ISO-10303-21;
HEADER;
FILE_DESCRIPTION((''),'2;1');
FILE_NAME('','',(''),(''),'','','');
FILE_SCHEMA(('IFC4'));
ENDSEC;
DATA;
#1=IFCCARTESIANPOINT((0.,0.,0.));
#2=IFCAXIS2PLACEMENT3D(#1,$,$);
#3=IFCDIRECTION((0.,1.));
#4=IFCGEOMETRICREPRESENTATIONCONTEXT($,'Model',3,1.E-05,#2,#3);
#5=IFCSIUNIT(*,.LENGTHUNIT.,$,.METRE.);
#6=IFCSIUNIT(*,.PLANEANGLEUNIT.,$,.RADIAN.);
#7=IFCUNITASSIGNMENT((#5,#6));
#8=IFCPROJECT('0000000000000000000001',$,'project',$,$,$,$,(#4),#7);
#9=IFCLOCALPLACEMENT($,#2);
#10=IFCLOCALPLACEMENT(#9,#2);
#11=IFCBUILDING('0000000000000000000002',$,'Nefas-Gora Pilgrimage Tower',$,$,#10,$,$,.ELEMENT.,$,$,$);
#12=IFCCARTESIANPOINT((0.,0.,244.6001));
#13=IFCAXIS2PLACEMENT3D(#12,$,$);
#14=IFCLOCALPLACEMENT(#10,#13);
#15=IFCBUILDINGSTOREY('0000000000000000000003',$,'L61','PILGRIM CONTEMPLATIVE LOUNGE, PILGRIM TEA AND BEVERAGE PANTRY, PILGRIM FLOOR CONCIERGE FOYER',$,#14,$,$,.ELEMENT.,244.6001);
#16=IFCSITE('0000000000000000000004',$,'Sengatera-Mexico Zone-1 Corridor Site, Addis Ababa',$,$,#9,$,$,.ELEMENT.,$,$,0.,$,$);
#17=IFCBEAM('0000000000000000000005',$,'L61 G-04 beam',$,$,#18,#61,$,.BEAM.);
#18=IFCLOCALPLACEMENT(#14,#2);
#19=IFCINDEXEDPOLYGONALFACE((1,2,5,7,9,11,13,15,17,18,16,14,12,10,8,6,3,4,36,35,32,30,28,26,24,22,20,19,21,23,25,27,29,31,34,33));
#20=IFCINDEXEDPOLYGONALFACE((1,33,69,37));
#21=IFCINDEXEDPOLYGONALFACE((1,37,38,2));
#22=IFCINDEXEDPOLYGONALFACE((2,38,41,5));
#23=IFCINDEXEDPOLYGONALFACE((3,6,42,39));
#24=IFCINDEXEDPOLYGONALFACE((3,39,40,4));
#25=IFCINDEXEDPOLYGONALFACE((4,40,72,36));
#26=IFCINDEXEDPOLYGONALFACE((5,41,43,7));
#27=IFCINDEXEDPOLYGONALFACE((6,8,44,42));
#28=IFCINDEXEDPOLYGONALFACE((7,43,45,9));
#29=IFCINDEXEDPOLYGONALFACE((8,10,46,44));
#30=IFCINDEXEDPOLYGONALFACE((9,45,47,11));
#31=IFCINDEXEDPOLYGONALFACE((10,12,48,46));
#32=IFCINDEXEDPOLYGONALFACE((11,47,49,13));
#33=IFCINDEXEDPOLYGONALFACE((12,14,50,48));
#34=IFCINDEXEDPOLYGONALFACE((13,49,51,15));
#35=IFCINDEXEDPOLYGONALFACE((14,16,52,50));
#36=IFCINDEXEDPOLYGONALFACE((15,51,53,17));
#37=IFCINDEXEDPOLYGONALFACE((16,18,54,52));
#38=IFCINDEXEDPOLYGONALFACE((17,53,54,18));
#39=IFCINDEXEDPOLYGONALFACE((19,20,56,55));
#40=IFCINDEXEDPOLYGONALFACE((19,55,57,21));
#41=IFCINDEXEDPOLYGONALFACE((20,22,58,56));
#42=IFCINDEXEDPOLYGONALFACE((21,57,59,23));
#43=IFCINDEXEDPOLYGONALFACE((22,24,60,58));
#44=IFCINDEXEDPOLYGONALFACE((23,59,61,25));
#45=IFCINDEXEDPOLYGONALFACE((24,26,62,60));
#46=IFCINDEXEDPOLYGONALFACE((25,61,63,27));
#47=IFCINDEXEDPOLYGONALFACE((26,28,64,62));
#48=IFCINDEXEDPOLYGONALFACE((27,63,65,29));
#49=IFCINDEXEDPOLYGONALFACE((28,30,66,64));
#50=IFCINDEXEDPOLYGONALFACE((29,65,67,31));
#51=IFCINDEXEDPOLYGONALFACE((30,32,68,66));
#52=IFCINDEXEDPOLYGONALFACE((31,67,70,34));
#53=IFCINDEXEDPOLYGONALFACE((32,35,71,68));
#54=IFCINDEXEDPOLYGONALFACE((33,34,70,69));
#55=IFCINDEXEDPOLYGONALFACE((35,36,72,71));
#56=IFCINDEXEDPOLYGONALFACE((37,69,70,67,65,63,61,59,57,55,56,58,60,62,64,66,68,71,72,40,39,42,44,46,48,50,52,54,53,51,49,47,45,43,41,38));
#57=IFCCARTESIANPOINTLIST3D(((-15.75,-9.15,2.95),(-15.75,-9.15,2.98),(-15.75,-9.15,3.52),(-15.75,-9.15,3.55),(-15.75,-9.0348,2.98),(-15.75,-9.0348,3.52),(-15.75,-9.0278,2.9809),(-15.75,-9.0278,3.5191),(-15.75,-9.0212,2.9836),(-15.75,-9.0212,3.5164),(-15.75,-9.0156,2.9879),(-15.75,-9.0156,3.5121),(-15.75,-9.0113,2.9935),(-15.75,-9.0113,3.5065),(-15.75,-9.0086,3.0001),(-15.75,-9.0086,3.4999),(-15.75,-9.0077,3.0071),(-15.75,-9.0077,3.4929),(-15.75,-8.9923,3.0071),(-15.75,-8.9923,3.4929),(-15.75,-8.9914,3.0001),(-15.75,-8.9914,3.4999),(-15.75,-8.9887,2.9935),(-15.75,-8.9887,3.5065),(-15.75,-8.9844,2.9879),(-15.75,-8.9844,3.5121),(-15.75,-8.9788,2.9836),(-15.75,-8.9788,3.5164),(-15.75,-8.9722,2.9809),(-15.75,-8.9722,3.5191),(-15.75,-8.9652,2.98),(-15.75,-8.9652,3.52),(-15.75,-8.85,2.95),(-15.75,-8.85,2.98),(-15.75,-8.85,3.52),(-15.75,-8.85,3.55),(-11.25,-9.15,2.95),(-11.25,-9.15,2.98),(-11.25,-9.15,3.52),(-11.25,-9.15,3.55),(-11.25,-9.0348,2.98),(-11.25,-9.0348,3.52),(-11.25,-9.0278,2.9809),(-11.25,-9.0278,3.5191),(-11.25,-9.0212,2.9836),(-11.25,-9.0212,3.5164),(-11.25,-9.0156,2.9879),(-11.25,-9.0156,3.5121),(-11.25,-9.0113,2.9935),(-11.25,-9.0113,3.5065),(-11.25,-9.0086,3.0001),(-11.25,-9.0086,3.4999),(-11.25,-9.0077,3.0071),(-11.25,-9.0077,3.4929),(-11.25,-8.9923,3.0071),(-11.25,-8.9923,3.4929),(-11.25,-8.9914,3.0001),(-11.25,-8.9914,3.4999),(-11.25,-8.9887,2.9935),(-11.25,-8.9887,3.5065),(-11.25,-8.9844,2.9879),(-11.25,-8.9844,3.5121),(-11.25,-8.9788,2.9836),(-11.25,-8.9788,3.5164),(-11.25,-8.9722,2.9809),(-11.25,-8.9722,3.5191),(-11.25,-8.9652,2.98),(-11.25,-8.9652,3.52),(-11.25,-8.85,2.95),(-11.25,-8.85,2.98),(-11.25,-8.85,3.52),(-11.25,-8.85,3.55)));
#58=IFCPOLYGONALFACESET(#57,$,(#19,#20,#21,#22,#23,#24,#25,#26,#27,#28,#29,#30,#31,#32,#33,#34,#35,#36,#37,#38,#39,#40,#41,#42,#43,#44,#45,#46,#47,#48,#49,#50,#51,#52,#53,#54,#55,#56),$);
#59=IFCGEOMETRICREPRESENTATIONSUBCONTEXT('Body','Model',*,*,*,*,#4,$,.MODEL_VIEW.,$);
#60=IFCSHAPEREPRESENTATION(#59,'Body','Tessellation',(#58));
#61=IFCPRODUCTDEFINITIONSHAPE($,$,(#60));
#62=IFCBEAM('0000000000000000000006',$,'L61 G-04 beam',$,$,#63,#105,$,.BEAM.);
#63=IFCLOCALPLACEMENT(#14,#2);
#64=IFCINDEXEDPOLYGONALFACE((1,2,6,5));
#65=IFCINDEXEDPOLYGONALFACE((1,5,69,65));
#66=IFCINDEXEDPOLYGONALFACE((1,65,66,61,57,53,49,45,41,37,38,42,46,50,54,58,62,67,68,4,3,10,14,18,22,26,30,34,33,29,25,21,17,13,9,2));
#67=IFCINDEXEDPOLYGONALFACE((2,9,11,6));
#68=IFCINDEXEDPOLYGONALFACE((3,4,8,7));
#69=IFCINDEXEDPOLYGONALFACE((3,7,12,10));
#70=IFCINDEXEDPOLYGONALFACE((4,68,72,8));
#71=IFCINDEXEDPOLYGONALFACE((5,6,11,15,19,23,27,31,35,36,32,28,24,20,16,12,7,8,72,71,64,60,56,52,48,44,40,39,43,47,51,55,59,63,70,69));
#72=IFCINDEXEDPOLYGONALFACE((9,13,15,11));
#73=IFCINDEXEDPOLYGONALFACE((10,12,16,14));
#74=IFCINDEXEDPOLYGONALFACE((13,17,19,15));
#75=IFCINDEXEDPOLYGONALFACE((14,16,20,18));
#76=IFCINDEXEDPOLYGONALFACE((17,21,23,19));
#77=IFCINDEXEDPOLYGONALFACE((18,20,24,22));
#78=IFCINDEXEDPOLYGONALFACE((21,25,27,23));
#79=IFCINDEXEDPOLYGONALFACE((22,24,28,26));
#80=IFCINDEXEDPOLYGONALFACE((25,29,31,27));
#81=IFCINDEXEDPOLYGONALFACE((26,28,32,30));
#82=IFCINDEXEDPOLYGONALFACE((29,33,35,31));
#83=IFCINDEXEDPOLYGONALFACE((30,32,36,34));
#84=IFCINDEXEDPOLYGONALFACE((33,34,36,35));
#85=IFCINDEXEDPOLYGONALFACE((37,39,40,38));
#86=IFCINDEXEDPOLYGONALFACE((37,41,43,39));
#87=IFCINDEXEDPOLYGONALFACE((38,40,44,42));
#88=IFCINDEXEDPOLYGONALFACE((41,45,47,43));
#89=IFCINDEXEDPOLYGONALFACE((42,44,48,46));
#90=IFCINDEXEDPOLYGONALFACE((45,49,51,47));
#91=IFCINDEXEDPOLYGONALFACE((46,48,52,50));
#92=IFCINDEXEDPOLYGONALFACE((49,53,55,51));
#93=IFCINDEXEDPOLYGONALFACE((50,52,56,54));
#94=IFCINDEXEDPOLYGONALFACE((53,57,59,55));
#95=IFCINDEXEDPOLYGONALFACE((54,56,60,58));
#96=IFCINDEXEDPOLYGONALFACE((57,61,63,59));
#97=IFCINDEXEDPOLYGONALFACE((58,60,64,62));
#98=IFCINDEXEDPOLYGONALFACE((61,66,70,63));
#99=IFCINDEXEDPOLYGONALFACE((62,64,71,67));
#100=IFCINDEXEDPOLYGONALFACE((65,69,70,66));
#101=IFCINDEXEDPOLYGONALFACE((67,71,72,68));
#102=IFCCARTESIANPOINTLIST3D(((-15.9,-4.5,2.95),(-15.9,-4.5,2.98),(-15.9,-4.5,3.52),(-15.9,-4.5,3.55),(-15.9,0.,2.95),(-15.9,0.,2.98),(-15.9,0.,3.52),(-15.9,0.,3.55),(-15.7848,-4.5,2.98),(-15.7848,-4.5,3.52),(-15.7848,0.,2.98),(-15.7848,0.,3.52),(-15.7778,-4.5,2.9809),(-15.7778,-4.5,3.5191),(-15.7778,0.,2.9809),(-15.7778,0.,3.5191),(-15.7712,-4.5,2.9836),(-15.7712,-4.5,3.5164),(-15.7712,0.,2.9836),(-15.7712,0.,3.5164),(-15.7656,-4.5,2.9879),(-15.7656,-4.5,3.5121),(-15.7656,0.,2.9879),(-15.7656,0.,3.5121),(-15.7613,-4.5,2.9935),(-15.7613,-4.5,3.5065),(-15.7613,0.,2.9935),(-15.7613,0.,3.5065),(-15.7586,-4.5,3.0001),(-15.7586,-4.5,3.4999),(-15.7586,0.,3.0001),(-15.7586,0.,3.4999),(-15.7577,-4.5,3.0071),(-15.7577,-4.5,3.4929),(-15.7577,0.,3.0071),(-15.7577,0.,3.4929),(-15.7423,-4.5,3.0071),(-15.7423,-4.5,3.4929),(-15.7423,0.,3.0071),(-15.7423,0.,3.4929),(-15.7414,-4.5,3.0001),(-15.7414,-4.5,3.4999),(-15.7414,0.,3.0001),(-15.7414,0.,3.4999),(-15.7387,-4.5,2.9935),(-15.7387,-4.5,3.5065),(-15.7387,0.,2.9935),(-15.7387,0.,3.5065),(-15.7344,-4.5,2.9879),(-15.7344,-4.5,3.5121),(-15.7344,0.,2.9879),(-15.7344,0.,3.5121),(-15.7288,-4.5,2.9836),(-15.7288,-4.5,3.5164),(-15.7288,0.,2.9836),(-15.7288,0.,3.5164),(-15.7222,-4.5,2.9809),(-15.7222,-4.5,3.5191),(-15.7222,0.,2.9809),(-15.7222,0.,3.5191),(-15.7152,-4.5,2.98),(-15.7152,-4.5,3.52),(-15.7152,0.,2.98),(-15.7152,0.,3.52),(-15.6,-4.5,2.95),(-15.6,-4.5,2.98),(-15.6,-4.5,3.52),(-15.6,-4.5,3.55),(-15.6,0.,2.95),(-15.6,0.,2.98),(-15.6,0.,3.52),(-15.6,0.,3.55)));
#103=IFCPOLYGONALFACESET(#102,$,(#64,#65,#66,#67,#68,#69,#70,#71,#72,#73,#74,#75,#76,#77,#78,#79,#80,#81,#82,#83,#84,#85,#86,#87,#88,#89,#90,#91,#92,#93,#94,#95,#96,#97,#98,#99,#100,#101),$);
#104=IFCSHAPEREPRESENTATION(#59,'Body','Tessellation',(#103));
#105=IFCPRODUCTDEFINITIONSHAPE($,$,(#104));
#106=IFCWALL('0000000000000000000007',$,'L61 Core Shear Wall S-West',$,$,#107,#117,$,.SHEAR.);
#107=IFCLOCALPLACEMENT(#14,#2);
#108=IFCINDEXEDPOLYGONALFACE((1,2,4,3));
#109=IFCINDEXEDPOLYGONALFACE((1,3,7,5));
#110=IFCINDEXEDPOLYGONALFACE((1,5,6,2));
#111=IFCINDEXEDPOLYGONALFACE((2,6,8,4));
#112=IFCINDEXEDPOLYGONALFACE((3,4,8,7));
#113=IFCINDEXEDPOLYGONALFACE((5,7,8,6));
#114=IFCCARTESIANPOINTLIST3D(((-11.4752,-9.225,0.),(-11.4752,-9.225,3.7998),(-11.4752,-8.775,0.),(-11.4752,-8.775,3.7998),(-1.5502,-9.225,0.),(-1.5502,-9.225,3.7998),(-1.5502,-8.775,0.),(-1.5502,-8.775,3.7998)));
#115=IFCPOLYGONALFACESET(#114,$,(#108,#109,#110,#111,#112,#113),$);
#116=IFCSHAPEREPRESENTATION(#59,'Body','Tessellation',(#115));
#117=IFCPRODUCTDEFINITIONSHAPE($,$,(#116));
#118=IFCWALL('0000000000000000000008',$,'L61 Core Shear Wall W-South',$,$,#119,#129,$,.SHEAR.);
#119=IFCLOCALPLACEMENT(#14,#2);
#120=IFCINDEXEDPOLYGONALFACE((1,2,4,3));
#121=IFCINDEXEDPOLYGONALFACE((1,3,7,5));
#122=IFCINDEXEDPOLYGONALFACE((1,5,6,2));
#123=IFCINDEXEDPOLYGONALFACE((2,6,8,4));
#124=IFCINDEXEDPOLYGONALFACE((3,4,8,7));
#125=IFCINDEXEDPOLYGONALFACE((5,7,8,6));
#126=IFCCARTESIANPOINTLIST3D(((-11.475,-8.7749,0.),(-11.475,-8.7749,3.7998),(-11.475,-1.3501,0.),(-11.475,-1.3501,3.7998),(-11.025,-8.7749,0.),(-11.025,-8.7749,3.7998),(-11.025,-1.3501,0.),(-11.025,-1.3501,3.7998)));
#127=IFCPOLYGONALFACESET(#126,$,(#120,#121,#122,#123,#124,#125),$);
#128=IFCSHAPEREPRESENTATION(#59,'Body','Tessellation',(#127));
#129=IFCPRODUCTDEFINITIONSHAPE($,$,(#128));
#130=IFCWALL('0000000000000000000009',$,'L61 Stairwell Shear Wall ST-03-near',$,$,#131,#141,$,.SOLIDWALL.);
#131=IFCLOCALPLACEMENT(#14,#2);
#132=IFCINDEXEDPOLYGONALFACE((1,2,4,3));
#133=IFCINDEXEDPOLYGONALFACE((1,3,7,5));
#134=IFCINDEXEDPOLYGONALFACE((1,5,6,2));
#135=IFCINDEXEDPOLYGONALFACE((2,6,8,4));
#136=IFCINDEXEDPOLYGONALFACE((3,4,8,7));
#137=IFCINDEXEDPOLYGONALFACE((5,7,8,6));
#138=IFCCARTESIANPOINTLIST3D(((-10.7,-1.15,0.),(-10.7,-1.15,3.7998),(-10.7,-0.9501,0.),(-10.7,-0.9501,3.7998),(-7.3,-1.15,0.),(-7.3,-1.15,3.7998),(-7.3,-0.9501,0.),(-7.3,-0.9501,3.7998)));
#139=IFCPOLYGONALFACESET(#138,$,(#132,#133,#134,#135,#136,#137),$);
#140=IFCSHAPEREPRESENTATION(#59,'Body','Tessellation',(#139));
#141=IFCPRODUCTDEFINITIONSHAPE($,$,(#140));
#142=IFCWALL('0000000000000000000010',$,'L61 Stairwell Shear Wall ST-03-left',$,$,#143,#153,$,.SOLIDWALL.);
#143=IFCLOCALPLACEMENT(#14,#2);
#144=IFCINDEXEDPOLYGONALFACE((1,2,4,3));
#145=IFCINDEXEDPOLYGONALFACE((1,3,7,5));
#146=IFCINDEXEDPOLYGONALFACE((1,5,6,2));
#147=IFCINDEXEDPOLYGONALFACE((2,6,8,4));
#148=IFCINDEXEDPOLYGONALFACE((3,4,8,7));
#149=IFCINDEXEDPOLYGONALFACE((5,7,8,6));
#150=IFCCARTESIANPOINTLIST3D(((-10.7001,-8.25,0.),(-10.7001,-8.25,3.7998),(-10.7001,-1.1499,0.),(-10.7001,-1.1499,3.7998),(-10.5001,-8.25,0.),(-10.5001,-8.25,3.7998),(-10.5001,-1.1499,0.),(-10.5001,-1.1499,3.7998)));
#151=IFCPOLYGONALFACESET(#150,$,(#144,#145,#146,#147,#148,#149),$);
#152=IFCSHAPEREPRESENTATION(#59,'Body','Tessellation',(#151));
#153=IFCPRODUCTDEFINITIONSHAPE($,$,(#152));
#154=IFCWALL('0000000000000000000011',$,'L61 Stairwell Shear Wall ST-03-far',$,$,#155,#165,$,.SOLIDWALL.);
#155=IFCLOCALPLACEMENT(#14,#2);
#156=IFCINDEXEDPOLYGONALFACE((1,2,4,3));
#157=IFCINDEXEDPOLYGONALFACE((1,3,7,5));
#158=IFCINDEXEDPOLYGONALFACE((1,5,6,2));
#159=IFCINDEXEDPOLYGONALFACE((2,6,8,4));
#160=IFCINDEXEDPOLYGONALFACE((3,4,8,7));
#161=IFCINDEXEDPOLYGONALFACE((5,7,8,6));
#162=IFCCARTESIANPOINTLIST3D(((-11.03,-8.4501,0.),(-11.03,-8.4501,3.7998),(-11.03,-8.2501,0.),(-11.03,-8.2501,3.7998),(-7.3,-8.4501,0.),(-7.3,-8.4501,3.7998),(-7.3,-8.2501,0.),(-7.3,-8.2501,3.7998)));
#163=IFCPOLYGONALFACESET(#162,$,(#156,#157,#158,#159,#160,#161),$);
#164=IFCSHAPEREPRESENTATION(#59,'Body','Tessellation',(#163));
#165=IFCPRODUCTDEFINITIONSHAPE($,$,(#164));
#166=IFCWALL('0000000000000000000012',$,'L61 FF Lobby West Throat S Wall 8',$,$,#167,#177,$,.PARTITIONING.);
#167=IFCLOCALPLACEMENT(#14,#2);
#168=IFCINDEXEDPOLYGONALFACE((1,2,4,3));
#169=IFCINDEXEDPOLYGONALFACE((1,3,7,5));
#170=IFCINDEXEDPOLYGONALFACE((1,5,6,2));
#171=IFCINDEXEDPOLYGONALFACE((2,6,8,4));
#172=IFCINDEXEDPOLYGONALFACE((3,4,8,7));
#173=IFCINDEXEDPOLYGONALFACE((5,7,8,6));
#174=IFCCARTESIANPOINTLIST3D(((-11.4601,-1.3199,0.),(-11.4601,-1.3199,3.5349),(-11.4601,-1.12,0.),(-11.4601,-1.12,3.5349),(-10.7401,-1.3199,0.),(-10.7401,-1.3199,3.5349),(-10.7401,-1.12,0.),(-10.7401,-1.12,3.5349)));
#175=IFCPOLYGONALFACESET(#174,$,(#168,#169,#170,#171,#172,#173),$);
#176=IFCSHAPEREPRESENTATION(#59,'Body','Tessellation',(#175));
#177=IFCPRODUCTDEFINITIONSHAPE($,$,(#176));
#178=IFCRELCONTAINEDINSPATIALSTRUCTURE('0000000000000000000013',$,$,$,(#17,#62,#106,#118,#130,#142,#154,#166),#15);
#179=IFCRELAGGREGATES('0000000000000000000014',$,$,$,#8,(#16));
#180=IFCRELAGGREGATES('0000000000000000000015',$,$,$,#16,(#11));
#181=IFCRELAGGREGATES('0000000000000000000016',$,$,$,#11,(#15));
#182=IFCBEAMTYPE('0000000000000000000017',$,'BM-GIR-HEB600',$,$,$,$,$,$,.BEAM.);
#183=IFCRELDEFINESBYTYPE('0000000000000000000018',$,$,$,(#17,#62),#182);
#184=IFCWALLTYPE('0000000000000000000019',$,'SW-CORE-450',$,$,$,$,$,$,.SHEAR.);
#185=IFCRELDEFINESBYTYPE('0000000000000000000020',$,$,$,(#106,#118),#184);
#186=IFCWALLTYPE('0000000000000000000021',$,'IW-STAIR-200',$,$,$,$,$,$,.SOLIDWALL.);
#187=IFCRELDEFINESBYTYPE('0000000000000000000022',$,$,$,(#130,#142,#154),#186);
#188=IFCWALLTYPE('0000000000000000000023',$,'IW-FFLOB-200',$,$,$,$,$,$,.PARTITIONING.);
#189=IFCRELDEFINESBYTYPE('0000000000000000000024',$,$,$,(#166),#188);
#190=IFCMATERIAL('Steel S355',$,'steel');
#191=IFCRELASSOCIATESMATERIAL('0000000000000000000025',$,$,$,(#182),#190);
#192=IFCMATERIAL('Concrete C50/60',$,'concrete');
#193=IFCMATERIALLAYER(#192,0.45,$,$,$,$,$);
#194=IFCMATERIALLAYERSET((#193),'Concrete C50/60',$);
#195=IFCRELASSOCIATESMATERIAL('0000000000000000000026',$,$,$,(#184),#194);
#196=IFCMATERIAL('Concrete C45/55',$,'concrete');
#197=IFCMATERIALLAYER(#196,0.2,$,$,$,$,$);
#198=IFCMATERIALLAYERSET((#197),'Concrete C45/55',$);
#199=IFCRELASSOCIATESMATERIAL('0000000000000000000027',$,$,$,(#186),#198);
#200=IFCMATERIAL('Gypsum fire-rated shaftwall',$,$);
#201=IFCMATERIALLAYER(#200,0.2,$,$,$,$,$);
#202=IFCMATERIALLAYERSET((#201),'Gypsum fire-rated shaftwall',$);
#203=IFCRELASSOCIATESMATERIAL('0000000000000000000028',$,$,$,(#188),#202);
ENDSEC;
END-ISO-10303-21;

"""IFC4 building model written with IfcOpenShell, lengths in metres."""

from ifc_helpers import new_model, si_unit, direction, frame, frame_2d, origin, origin_2d, place, context, subcontext, project, spatial, rectangle, i_section, extrude, source, transform, mapped, material, layer, layer_set, material_profile, profile_set, type_object, element, save


model = new_model("IFC4")

# Units and contexts
model_context = context("Model", 3, precision=1e-05, world=origin(), true_north=direction((0.0, 1.0)))
body_context = subcontext(model_context, "Body", "Model", "MODEL_VIEW")
ifc_project = project(units=[si_unit("LENGTHUNIT", "METRE"), si_unit("PLANEANGLEUNIT", "RADIAN")], contexts=[model_context])

# Site, building, storey
site_placement = place(None, origin())
site = spatial("IfcSite", under=ifc_project, at=site_placement, Name="Sengatera-Mexico Zone-1 Corridor Site, Addis Ababa", CompositionType="ELEMENT", RefElevation=0.0)
building_placement = place(site_placement, origin())
building = spatial("IfcBuilding", under=site, at=building_placement, Name="Nefas-Gora Pilgrimage Tower", CompositionType="ELEMENT")
storey_placement = place(building_placement, frame((0.0, 0.0, 244.6001)))
storey = spatial("IfcBuildingStorey", under=building, at=storey_placement, Name="L61", Description="PILGRIM CONTEMPLATIVE LOUNGE, PILGRIM TEA AND BEVERAGE PANTRY, PILGRIM FLOOR CONCIERGE FOYER", CompositionType="ELEMENT", Elevation=244.6001)

# Beams
ifc_material_1 = material(Name="Concrete C50/60", Category="concrete")
ifc_material_2 = material(Name="Steel S355", Category="steel")
ifc_material_profile_1 = material_profile(ifc_material_2, i_section(OverallWidth=0.3, OverallDepth=0.6001, WebThickness=0.0154, FlangeThickness=0.03, FilletRadius=0.0271, at=origin_2d()), Name="HEB 600")
ifc_profile_set_1 = profile_set([ifc_material_profile_1], Name="Steel S355")
beam_type_1 = type_object("IfcBeamType", Name="BM-GIR-HEB600", PredefinedType="BEAM", material=ifc_profile_set_1)
shared_shape_1 = source(origin(), body_context, "Body", "SweptSolid", [
    extrude(i_section(OverallWidth=0.3, OverallDepth=0.6001, WebThickness=0.0154, FlangeThickness=0.03, FilletRadius=0.0271, at=origin_2d()), origin(), (0.0, 0.0, 1.0), 4.5),
])
for number, where, z_axis, x_axis, name in (
    (1, (-15.75, -9.0, 3.25), (1.0, 0.0, 0.0), (0.0, 1.0, 0.0), "L61 G-04 beam"),
    (2, (-15.75, -4.5, 3.25), (0.0, 1.0, 0.0), (-1.0, 0.0, 0.0), "L61 G-04 beam"),
):
    element("IfcBeam", number, at=place(storey_placement, frame(where, z_axis=z_axis, x_axis=x_axis)), inside=storey, type_object=beam_type_1, Name=name, PredefinedType="BEAM", context=body_context, shape_type="MappedRepresentation", body=[
        mapped(shared_shape_1, transform((0.0, 0.0, 0.0), x_axis=(1.0, 0.0, 0.0), y_axis=(0.0, 1.0, 0.0), z_axis=(0.0, 0.0, 1.0), scale=1.0)),
    ])

# Walls
ifc_layer_1 = layer(ifc_material_1, 0.45)
ifc_layer_set_1 = layer_set([ifc_layer_1], Name="Concrete C50/60")
wall_type_1 = type_object("IfcWallType", Name="SW-CORE-450", PredefinedType="SHEAR", material=ifc_layer_set_1)
shared_shape_2 = source(origin(), body_context, "Body", "SweptSolid", [
    extrude(rectangle(XDim=9.925, YDim=0.45, at=frame_2d((4.9624, 0.0))), origin(), (0.0, 0.0, 1.0), 3.7998),
])
wall_1_placement = place(storey_placement, frame((-11.4751, -9.0, 0.0), z_axis=(0.0, 0.0, 1.0), x_axis=(1.0, 0.0, 0.0)))
element("IfcWall", 3, at=wall_1_placement, inside=storey, type_object=wall_type_1, Name="L61 Core Shear Wall S-West", PredefinedType="SHEAR", context=body_context, shape_type="MappedRepresentation", body=[
    mapped(shared_shape_2, transform((0.0, 0.0, 0.0), x_axis=(1.0, 0.0, 0.0), y_axis=(0.0, 1.0, 0.0), z_axis=(0.0, 0.0, 1.0), scale=1.0)),
])
shared_shape_3 = source(origin(), body_context, "Body", "SweptSolid", [
    extrude(rectangle(XDim=7.4248, YDim=0.45, at=frame_2d((3.7124, 0.0))), origin(), (0.0, 0.0, 1.0), 3.7998),
])
wall_2_placement = place(storey_placement, frame((-11.25, -8.7749, 0.0), z_axis=(0.0, 0.0, 1.0), x_axis=(0.0, 1.0, 0.0)))
element("IfcWall", 4, at=wall_2_placement, inside=storey, type_object=wall_type_1, Name="L61 Core Shear Wall W-South", PredefinedType="SHEAR", context=body_context, shape_type="MappedRepresentation", body=[
    mapped(shared_shape_3, transform((0.0, 0.0, 0.0), x_axis=(1.0, 0.0, 0.0), y_axis=(0.0, 1.0, 0.0), z_axis=(0.0, 0.0, 1.0), scale=1.0)),
])
ifc_material_3 = material(Name="Concrete C45/55", Category="concrete")
ifc_layer_2 = layer(ifc_material_3, 0.2)
ifc_layer_set_2 = layer_set([ifc_layer_2], Name="Concrete C45/55")
wall_type_2 = type_object("IfcWallType", Name="IW-STAIR-200", PredefinedType="SOLIDWALL", material=ifc_layer_set_2)
shared_shape_4 = source(origin(), body_context, "Body", "SweptSolid", [
    extrude(rectangle(XDim=3.3999, YDim=0.2, at=frame_2d((1.7, 0.0))), origin(), (0.0, 0.0, 1.0), 3.7998),
])
wall_3_placement = place(storey_placement, frame((-10.7, -1.05, 0.0), z_axis=(0.0, 0.0, 1.0), x_axis=(1.0, 0.0, 0.0)))
element("IfcWall", 5, at=wall_3_placement, inside=storey, type_object=wall_type_2, Name="L61 Stairwell Shear Wall ST-03-near", PredefinedType="SOLIDWALL", context=body_context, shape_type="MappedRepresentation", body=[
    mapped(shared_shape_4, transform((0.0, 0.0, 0.0), x_axis=(1.0, 0.0, 0.0), y_axis=(0.0, 1.0, 0.0), z_axis=(0.0, 0.0, 1.0), scale=1.0)),
])
shared_shape_5 = source(origin(), body_context, "Body", "SweptSolid", [
    extrude(rectangle(XDim=7.1001, YDim=0.2, at=frame_2d((3.55, 0.0))), origin(), (0.0, 0.0, 1.0), 3.7998),
])
wall_4_placement = place(storey_placement, frame((-10.6001, -1.1499, 0.0), z_axis=(0.0, 0.0, 1.0), x_axis=(0.0, -1.0, 0.0)))
element("IfcWall", 6, at=wall_4_placement, inside=storey, type_object=wall_type_2, Name="L61 Stairwell Shear Wall ST-03-left", PredefinedType="SOLIDWALL", context=body_context, shape_type="MappedRepresentation", body=[
    mapped(shared_shape_5, transform((0.0, 0.0, 0.0), x_axis=(1.0, 0.0, 0.0), y_axis=(0.0, 1.0, 0.0), z_axis=(0.0, 0.0, 1.0), scale=1.0)),
])
shared_shape_6 = source(origin(), body_context, "Body", "SweptSolid", [
    extrude(rectangle(XDim=3.73, YDim=0.2, at=frame_2d((1.865, 0.0))), origin(), (0.0, 0.0, 1.0), 3.7998),
])
wall_5_placement = place(storey_placement, frame((-11.03, -8.3501, 0.0), z_axis=(0.0, 0.0, 1.0), x_axis=(1.0, 0.0, 0.0)))
element("IfcWall", 7, at=wall_5_placement, inside=storey, type_object=wall_type_2, Name="L61 Stairwell Shear Wall ST-03-far", PredefinedType="SOLIDWALL", context=body_context, shape_type="MappedRepresentation", body=[
    mapped(shared_shape_6, transform((0.0, 0.0, 0.0), x_axis=(1.0, 0.0, 0.0), y_axis=(0.0, 1.0, 0.0), z_axis=(0.0, 0.0, 1.0), scale=1.0)),
])
ifc_material_4 = material(Name="Gypsum fire-rated shaftwall")
ifc_layer_3 = layer(ifc_material_4, 0.2)
ifc_layer_set_3 = layer_set([ifc_layer_3], Name="Gypsum fire-rated shaftwall")
wall_type_3 = type_object("IfcWallType", Name="IW-FFLOB-200", PredefinedType="PARTITIONING", material=ifc_layer_set_3)
shared_shape_7 = source(origin(), body_context, "Body", "SweptSolid", [
    extrude(rectangle(XDim=0.72, YDim=0.2, at=frame_2d((0.3599, 0.0))), origin(), (0.0, 0.0, 1.0), 3.5349),
])
wall_6_placement = place(storey_placement, frame((-11.46, -1.22, 0.0), z_axis=(0.0, 0.0, 1.0), x_axis=(1.0, 0.0, 0.0)))
element("IfcWall", 8, at=wall_6_placement, inside=storey, type_object=wall_type_3, Name="L61 FF Lobby West Throat S Wall 8", PredefinedType="PARTITIONING", context=body_context, shape_type="MappedRepresentation", body=[
    mapped(shared_shape_7, transform((0.0, 0.0, 0.0), x_axis=(1.0, 0.0, 0.0), y_axis=(0.0, 1.0, 0.0), z_axis=(0.0, 0.0, 1.0), scale=1.0)),
])

save(model, "model.ifc")
